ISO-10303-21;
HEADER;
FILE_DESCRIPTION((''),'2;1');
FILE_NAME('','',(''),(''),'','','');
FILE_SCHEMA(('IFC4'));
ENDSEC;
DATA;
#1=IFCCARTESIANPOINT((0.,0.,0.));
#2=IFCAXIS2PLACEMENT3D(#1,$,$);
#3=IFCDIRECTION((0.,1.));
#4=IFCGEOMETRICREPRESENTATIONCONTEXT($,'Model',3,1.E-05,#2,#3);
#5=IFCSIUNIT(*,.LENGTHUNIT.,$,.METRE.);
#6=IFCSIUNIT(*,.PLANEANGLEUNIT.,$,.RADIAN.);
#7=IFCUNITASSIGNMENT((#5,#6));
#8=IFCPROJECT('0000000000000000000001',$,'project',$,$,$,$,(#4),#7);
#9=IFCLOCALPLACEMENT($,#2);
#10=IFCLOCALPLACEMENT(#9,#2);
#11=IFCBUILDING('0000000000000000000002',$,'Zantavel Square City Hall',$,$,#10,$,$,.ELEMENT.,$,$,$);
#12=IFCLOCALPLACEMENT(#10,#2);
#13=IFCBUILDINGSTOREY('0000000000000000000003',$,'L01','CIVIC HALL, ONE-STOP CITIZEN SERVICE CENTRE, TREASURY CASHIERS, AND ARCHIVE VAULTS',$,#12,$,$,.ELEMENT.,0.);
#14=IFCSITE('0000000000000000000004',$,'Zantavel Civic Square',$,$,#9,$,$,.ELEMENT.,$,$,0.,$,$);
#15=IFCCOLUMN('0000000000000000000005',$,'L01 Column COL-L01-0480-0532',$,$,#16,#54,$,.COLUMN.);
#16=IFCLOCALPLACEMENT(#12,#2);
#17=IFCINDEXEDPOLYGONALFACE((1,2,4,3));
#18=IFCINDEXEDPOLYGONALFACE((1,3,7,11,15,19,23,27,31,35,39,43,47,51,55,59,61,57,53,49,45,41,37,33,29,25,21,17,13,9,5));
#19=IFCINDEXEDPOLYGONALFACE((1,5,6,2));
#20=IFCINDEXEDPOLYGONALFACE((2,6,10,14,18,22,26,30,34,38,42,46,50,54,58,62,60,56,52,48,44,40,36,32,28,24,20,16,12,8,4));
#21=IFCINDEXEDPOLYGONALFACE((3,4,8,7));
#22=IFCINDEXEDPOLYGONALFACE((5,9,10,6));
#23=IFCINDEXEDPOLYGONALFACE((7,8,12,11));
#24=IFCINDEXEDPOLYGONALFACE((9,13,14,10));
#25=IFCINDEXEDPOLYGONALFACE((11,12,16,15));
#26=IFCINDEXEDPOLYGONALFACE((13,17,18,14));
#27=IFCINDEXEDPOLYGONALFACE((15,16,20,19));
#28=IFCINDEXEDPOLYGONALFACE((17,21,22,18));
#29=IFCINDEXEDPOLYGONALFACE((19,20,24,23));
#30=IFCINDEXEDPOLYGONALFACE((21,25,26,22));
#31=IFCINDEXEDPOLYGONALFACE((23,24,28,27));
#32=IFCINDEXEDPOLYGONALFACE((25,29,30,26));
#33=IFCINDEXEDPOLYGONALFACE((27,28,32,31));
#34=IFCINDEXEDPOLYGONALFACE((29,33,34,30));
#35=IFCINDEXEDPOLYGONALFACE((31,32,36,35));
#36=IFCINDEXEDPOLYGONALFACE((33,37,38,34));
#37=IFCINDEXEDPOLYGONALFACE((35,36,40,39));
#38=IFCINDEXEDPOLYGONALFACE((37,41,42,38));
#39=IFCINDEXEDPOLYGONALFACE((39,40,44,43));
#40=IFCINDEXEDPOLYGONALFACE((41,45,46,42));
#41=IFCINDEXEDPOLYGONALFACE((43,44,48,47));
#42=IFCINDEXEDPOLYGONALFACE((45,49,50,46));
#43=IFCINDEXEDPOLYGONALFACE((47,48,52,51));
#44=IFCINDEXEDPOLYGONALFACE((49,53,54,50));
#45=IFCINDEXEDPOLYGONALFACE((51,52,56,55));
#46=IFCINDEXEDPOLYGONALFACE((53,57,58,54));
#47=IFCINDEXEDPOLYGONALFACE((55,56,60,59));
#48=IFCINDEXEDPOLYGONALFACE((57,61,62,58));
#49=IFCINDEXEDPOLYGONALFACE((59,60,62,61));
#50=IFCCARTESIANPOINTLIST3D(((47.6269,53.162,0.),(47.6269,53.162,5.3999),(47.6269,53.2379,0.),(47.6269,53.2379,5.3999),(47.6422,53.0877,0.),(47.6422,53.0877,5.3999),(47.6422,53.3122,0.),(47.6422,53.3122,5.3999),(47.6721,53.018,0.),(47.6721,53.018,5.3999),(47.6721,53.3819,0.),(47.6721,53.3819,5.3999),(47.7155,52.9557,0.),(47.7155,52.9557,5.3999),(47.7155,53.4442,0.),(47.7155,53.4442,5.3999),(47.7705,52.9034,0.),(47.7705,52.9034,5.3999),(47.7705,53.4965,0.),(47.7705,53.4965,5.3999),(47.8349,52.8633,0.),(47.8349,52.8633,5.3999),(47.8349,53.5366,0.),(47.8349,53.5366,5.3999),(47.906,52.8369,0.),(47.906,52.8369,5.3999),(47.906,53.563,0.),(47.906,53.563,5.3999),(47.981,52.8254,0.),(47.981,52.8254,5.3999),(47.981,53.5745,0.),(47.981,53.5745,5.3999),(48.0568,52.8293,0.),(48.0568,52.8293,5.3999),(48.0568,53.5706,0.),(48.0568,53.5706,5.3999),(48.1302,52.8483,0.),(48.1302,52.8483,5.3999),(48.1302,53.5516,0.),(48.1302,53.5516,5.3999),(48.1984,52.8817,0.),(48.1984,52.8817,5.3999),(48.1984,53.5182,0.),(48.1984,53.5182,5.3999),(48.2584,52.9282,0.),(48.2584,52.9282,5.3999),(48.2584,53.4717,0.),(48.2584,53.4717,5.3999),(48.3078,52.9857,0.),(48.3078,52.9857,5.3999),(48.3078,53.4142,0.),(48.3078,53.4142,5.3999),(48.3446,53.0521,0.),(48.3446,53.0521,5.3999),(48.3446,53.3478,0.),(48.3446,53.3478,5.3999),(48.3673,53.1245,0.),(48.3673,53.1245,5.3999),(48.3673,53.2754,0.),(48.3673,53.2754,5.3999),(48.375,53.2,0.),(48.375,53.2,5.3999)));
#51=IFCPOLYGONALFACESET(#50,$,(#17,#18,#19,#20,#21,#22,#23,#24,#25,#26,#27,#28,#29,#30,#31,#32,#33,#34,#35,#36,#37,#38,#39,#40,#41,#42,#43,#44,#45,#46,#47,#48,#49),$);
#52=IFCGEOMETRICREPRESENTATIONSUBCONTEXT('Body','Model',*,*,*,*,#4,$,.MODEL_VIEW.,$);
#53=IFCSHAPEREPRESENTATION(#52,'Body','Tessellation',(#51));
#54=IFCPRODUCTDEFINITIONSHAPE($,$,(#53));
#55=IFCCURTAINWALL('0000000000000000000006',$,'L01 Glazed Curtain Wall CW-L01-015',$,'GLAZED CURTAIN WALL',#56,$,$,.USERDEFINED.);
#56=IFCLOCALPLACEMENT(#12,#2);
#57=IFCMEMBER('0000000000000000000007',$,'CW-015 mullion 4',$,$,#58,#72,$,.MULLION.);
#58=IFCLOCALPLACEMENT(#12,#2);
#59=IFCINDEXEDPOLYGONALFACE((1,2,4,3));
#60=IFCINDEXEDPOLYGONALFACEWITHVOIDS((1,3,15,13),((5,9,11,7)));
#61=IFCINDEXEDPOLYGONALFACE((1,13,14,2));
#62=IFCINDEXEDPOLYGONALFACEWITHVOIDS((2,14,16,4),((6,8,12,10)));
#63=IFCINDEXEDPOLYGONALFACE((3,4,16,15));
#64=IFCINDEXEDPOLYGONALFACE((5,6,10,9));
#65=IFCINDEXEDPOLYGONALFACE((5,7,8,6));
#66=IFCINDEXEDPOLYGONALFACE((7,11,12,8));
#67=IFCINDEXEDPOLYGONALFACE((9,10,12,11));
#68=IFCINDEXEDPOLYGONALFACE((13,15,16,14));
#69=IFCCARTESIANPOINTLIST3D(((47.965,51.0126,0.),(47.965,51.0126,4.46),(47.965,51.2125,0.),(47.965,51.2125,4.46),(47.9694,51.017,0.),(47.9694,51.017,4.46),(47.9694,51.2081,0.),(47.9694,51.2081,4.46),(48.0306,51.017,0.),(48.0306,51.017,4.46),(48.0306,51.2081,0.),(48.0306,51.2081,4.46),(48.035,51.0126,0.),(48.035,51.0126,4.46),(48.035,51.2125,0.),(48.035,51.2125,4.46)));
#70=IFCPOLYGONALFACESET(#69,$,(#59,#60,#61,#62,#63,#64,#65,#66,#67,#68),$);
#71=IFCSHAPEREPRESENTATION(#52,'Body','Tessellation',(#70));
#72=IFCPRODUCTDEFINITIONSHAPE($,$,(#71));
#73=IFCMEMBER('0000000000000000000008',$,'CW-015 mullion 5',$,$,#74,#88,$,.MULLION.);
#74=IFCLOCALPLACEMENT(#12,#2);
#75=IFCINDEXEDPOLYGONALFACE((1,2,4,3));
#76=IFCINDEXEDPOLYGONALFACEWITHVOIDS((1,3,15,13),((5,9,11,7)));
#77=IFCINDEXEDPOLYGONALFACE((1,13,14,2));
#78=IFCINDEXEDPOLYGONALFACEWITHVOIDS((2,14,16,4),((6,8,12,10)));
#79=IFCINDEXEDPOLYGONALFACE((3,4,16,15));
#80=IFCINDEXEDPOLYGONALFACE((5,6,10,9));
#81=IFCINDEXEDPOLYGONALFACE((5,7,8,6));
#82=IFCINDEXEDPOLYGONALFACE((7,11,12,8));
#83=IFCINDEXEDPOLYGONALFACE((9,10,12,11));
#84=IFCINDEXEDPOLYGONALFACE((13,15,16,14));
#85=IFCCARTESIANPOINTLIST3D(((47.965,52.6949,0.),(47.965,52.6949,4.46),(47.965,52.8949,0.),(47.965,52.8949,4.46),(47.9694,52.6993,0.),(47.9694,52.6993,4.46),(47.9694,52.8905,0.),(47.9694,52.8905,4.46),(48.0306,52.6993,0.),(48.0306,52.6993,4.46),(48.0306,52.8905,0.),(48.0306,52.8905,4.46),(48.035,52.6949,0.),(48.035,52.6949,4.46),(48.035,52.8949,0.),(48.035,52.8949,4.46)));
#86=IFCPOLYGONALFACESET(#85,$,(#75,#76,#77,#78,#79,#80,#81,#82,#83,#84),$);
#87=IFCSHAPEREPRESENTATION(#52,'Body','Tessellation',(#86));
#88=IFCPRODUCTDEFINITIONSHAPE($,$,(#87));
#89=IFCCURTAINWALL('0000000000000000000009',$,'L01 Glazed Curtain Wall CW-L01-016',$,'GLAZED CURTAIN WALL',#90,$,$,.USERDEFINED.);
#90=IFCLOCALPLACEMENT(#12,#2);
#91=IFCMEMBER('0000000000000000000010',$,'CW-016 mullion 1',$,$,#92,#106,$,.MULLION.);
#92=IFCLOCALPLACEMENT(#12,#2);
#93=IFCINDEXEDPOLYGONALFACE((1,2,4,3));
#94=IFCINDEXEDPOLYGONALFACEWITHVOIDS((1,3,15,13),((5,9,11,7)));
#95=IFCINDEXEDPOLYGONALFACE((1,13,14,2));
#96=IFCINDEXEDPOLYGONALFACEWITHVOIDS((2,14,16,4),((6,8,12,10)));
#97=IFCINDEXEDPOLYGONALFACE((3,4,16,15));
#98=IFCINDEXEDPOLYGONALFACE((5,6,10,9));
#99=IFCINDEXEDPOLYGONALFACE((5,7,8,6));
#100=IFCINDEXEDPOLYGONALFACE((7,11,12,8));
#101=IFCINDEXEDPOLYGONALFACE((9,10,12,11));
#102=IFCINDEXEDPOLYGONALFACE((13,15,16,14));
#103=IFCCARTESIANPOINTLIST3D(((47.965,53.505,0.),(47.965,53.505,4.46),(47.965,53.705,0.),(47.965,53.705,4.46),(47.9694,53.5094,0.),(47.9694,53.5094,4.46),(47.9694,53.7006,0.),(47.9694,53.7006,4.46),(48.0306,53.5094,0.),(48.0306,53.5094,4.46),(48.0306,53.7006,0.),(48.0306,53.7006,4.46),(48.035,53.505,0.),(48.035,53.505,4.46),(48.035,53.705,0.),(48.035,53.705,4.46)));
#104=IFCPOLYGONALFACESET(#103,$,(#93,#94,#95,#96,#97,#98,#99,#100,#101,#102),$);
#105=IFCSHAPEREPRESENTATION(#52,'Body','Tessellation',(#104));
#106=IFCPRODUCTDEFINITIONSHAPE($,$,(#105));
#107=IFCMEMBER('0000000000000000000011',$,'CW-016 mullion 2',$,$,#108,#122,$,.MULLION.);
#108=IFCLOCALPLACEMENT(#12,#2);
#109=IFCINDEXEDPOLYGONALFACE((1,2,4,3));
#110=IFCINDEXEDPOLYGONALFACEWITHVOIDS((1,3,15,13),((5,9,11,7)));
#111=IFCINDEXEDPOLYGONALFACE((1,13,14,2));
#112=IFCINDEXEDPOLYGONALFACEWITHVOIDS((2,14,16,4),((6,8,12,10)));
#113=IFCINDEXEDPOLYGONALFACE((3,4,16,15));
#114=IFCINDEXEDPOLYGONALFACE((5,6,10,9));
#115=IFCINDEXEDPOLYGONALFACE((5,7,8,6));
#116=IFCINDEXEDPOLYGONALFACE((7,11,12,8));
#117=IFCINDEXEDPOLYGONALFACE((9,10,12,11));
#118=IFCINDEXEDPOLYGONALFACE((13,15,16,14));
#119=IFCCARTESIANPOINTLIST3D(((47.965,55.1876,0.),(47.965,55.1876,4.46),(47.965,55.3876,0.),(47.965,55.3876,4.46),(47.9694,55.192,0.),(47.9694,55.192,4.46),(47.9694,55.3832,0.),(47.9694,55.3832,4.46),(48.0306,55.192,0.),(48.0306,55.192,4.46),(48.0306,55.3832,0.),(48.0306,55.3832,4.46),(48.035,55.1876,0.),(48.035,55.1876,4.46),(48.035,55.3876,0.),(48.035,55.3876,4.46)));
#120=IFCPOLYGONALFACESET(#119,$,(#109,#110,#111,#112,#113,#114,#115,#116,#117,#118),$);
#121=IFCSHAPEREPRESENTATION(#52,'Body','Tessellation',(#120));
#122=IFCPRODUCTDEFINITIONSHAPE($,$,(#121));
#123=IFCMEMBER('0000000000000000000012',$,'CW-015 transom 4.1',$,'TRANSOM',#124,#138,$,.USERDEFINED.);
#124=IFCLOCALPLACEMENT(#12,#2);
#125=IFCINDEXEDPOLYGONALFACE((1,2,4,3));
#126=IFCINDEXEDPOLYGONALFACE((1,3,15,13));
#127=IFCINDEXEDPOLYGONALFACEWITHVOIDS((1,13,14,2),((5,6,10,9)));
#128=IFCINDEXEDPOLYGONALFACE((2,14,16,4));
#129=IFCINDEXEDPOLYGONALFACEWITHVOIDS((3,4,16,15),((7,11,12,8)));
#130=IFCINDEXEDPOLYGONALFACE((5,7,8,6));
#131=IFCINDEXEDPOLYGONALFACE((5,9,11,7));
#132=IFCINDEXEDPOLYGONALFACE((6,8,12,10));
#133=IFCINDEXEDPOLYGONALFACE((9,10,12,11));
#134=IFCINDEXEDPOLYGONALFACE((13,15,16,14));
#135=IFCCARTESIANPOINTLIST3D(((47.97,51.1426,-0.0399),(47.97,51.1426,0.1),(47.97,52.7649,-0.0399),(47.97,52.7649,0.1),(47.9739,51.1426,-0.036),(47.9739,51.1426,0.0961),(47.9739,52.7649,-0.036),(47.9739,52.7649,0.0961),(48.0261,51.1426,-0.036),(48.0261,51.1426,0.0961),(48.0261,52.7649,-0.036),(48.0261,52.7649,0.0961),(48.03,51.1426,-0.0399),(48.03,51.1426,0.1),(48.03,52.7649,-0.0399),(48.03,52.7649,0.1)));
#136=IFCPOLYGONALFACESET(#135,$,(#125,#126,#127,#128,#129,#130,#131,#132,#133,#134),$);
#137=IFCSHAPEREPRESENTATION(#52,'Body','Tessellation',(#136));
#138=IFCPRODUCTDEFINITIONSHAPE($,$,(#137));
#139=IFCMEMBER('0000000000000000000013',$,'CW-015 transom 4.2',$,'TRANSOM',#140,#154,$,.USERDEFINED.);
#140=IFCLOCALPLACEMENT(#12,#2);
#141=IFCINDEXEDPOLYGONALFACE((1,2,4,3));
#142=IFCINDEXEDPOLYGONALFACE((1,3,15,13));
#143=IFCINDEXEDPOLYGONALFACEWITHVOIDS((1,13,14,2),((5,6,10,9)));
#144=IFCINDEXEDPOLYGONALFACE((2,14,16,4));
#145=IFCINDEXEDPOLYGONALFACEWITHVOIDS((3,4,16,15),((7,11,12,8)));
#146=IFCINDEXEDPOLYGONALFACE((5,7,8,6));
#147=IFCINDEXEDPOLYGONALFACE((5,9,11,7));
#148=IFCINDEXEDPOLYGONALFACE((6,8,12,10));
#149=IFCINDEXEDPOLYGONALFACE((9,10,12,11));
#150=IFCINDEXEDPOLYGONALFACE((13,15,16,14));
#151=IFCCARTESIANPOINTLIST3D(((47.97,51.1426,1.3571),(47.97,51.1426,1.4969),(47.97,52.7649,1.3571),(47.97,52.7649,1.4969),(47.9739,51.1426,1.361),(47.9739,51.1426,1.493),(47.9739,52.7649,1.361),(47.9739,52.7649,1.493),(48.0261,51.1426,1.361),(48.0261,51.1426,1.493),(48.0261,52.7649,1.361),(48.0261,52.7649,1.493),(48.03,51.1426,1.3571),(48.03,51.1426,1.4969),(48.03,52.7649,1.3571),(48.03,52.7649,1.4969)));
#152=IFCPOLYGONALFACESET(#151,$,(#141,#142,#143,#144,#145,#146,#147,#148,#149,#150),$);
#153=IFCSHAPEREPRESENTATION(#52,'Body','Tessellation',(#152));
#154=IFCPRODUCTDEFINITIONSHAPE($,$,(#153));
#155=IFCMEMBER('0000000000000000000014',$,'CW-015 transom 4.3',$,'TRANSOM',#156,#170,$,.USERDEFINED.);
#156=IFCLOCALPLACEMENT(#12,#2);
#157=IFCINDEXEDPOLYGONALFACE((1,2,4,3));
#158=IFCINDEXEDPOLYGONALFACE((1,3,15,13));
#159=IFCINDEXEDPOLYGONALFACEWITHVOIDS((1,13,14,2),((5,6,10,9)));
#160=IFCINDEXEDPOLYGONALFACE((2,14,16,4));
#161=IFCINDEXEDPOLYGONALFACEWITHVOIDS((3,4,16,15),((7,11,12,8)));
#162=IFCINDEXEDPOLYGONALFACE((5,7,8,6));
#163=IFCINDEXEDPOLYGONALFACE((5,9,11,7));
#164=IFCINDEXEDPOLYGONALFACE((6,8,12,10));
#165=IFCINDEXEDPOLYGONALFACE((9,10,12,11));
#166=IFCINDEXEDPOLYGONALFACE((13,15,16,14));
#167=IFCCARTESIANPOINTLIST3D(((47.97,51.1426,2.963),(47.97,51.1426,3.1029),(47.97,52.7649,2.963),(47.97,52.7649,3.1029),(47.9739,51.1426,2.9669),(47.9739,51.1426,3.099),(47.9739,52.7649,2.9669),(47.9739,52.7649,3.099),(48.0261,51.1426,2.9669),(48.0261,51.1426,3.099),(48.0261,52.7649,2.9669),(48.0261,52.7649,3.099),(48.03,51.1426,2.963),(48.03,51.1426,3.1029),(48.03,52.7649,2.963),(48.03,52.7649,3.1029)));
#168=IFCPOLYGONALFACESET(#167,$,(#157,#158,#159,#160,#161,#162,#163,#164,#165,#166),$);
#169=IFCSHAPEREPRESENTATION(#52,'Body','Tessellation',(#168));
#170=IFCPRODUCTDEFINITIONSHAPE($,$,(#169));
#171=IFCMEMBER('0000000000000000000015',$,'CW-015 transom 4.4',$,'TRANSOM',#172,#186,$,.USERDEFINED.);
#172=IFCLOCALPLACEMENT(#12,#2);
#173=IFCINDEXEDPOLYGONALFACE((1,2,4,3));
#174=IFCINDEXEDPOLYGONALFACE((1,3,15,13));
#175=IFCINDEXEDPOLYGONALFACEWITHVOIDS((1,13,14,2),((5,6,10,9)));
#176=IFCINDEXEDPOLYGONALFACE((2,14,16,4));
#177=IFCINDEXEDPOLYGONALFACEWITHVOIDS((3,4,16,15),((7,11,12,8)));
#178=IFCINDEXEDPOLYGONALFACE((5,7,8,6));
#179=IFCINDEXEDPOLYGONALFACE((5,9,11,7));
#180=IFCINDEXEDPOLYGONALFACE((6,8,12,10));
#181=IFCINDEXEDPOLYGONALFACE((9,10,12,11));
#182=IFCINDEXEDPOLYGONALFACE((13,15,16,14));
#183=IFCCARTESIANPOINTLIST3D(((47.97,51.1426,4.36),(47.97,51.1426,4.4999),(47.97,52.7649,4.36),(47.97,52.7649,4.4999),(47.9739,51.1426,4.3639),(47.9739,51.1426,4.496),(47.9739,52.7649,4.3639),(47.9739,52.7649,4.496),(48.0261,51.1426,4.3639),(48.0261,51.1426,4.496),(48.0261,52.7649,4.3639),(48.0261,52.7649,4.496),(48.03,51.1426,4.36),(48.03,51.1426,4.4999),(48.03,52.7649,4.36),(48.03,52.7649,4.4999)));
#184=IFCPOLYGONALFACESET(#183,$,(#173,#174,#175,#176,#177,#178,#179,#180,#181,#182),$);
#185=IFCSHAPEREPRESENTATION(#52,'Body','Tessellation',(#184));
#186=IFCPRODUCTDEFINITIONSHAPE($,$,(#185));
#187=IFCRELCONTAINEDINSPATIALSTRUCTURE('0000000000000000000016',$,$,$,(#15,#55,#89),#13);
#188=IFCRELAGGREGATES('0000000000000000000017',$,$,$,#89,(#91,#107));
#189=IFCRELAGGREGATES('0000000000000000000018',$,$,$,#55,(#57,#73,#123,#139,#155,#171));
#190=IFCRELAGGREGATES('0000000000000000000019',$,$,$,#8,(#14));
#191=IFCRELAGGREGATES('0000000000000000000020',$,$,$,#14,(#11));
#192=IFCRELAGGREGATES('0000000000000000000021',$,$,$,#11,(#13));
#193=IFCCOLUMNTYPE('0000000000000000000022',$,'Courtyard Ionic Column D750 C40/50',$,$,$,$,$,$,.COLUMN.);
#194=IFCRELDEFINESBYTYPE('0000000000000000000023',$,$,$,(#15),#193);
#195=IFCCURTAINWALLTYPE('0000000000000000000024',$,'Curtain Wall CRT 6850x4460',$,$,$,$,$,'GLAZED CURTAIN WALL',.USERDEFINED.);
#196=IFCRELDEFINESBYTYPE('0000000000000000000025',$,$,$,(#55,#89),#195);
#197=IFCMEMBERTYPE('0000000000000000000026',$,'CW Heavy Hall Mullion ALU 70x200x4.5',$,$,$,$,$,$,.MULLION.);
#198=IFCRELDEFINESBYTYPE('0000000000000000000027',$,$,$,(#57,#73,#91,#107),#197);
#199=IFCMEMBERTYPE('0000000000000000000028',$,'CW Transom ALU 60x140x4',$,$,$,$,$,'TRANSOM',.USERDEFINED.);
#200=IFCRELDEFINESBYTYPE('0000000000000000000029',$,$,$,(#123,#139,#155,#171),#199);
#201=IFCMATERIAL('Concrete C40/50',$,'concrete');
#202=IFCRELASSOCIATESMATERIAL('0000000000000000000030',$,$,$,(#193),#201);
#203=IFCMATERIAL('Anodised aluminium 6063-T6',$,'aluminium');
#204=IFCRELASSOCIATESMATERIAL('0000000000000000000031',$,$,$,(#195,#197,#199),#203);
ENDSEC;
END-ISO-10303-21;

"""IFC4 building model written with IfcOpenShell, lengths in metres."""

from ifc_helpers import new_model, si_unit, direction, frame, origin, origin_2d, place, context, subcontext, project, spatial, hollow_rectangle, circle, extrude, material, material_profile, profile_set, type_object, element, aggregate, save


model = new_model("IFC4")

# Units and contexts
model_context = context("Model", 3, precision=1e-05, world=origin(), true_north=direction((0.0, 1.0)))
body_context = subcontext(model_context, "Body", "Model", "MODEL_VIEW")
ifc_project = project(units=[si_unit("LENGTHUNIT", "METRE"), si_unit("PLANEANGLEUNIT", "RADIAN")], contexts=[model_context])

# Site, building, storey
site_placement = place(None, origin())
site = spatial("IfcSite", under=ifc_project, at=site_placement, Name="Zantavel Civic Square", CompositionType="ELEMENT", RefElevation=0.0)
building_placement = place(site_placement, origin())
building = spatial("IfcBuilding", under=site, at=building_placement, Name="Zantavel Square City Hall", CompositionType="ELEMENT")
storey_placement = place(building_placement, origin())
storey = spatial("IfcBuildingStorey", under=building, at=storey_placement, Name="L01", Description="CIVIC HALL, ONE-STOP CITIZEN SERVICE CENTRE, TREASURY CASHIERS, AND ARCHIVE VAULTS", CompositionType="ELEMENT", Elevation=0.0)

# Column
ifc_material_1 = material(Name="Concrete C40/50", Category="concrete")
ifc_material_profile_1 = material_profile(ifc_material_1, circle(Radius=0.375, at=origin_2d()), Name="ROUND D750")
ifc_profile_set_1 = profile_set([ifc_material_profile_1], Name="Concrete C40/50")
column_type = type_object("IfcColumnType", Name="Courtyard Ionic Column D750 C40/50", PredefinedType="COLUMN", material=ifc_profile_set_1)
column_placement = place(storey_placement, frame((48.0, 53.2, 0.0), z_axis=(0.0, 0.0, 1.0), x_axis=(1.0, 0.0, 0.0)))
element("IfcColumn", 1, at=column_placement, inside=storey, type_object=column_type, Name="L01 Column COL-L01-0480-0532", PredefinedType="COLUMN", context=body_context, shape_type="SweptSolid", body=[
    extrude(circle(Radius=0.375, at=origin_2d()), origin(), (0.0, 0.0, 1.0), 5.3999),
])

# Curtain walls, members
ifc_material_2 = material(Name="Anodised aluminium 6063-T6", Category="aluminium")
curtain_wall_type = type_object("IfcCurtainWallType", Name="Curtain Wall CRT 6850x4460", ElementType="GLAZED CURTAIN WALL", PredefinedType="USERDEFINED", material=ifc_material_2)
curtain_wall_1_placement = place(storey_placement, origin())
curtain_wall_1 = element("IfcCurtainWall", 2, at=curtain_wall_1_placement, inside=storey, type_object=curtain_wall_type, Name="L01 Glazed Curtain Wall CW-L01-015", ObjectType="GLAZED CURTAIN WALL", PredefinedType="USERDEFINED")
ifc_material_profile_2 = material_profile(ifc_material_2, hollow_rectangle(XDim=0.0701, YDim=0.2, WallThickness=0.0044, at=origin_2d()), Name="ALU 70x200x4.5")
ifc_profile_set_2 = profile_set([ifc_material_profile_2], Name="Anodised aluminium 6063-T6")
member_type_1 = type_object("IfcMemberType", Name="CW Heavy Hall Mullion ALU 70x200x4.5", PredefinedType="MULLION", material=ifc_profile_set_2)
member_1_placement = place(storey_placement, frame((48.0, 51.1125, 0.0), z_axis=(0.0, 0.0, 1.0), x_axis=(-1.0, 0.0, 0.0)))
member_1 = element("IfcMember", 3, at=member_1_placement, type_object=member_type_1, Name="CW-015 mullion 4", PredefinedType="MULLION", context=body_context, shape_type="SweptSolid", body=[
    extrude(hollow_rectangle(XDim=0.0701, YDim=0.2, WallThickness=0.0044, at=origin_2d()), origin(), (0.0, 0.0, 1.0), 4.46),
])
member_2_placement = place(storey_placement, frame((48.0, 52.7949, 0.0), z_axis=(0.0, 0.0, 1.0), x_axis=(-1.0, 0.0, 0.0)))
member_2 = element("IfcMember", 4, at=member_2_placement, type_object=member_type_1, Name="CW-015 mullion 5", PredefinedType="MULLION", context=body_context, shape_type="SweptSolid", body=[
    extrude(hollow_rectangle(XDim=0.0701, YDim=0.2, WallThickness=0.0044, at=origin_2d()), origin(), (0.0, 0.0, 1.0), 4.46),
])
curtain_wall_2_placement = place(storey_placement, origin())
curtain_wall_2 = element("IfcCurtainWall", 5, at=curtain_wall_2_placement, inside=storey, type_object=curtain_wall_type, Name="L01 Glazed Curtain Wall CW-L01-016", ObjectType="GLAZED CURTAIN WALL", PredefinedType="USERDEFINED")
member_3_placement = place(storey_placement, frame((48.0, 53.605, 0.0), z_axis=(0.0, 0.0, 1.0), x_axis=(-1.0, 0.0, 0.0)))
member_3 = element("IfcMember", 6, at=member_3_placement, type_object=member_type_1, Name="CW-016 mullion 1", PredefinedType="MULLION", context=body_context, shape_type="SweptSolid", body=[
    extrude(hollow_rectangle(XDim=0.0701, YDim=0.2, WallThickness=0.0044, at=origin_2d()), origin(), (0.0, 0.0, 1.0), 4.46),
])
member_4_placement = place(storey_placement, frame((48.0, 55.2876, 0.0), z_axis=(0.0, 0.0, 1.0), x_axis=(-1.0, 0.0, 0.0)))
member_4 = element("IfcMember", 7, at=member_4_placement, type_object=member_type_1, Name="CW-016 mullion 2", PredefinedType="MULLION", context=body_context, shape_type="SweptSolid", body=[
    extrude(hollow_rectangle(XDim=0.0701, YDim=0.2, WallThickness=0.0044, at=origin_2d()), origin(), (0.0, 0.0, 1.0), 4.46),
])

# Members
ifc_material_profile_3 = material_profile(ifc_material_2, hollow_rectangle(XDim=0.0601, YDim=0.1399, WallThickness=0.0039, at=origin_2d()), Name="ALU 60x140x4")
ifc_profile_set_3 = profile_set([ifc_material_profile_3], Name="Anodised aluminium 6063-T6")
member_type_2 = type_object("IfcMemberType", Name="CW Transom ALU 60x140x4", ElementType="TRANSOM", PredefinedType="USERDEFINED", material=ifc_profile_set_3)
member_5_placement = place(storey_placement, frame((48.0, 51.1426, 0.03), z_axis=(0.0, 1.0, 0.0), x_axis=(-1.0, 0.0, 0.0)))
member_5 = element("IfcMember", 8, at=member_5_placement, type_object=member_type_2, Name="CW-015 transom 4.1", ObjectType="TRANSOM", PredefinedType="USERDEFINED", context=body_context, shape_type="SweptSolid", body=[
    extrude(hollow_rectangle(XDim=0.0601, YDim=0.1399, WallThickness=0.0039, at=origin_2d()), origin(), (0.0, 0.0, 1.0), 1.6223),
])
member_6_placement = place(storey_placement, frame((48.0, 51.1426, 1.427), z_axis=(0.0, 1.0, 0.0), x_axis=(-1.0, 0.0, 0.0)))
member_6 = element("IfcMember", 9, at=member_6_placement, type_object=member_type_2, Name="CW-015 transom 4.2", ObjectType="TRANSOM", PredefinedType="USERDEFINED", context=body_context, shape_type="SweptSolid", body=[
    extrude(hollow_rectangle(XDim=0.0601, YDim=0.1399, WallThickness=0.0039, at=origin_2d()), origin(), (0.0, 0.0, 1.0), 1.6223),
])
member_7_placement = place(storey_placement, frame((48.0, 51.1426, 3.033), z_axis=(0.0, 1.0, 0.0), x_axis=(-1.0, 0.0, 0.0)))
member_7 = element("IfcMember", 10, at=member_7_placement, type_object=member_type_2, Name="CW-015 transom 4.3", ObjectType="TRANSOM", PredefinedType="USERDEFINED", context=body_context, shape_type="SweptSolid", body=[
    extrude(hollow_rectangle(XDim=0.0601, YDim=0.1399, WallThickness=0.0039, at=origin_2d()), origin(), (0.0, 0.0, 1.0), 1.6223),
])
member_8_placement = place(storey_placement, frame((48.0, 51.1426, 4.4299), z_axis=(0.0, 1.0, 0.0), x_axis=(-1.0, 0.0, 0.0)))
member_8 = element("IfcMember", 11, at=member_8_placement, type_object=member_type_2, Name="CW-015 transom 4.4", ObjectType="TRANSOM", PredefinedType="USERDEFINED", context=body_context, shape_type="SweptSolid", body=[
    extrude(hollow_rectangle(XDim=0.0601, YDim=0.1399, WallThickness=0.0039, at=origin_2d()), origin(), (0.0, 0.0, 1.0), 1.6223),
])

aggregate(curtain_wall_2, [member_3, member_4])
aggregate(curtain_wall_1, [member_1, member_2, member_5, member_6, member_7, member_8])

save(model, "model.ifc")
